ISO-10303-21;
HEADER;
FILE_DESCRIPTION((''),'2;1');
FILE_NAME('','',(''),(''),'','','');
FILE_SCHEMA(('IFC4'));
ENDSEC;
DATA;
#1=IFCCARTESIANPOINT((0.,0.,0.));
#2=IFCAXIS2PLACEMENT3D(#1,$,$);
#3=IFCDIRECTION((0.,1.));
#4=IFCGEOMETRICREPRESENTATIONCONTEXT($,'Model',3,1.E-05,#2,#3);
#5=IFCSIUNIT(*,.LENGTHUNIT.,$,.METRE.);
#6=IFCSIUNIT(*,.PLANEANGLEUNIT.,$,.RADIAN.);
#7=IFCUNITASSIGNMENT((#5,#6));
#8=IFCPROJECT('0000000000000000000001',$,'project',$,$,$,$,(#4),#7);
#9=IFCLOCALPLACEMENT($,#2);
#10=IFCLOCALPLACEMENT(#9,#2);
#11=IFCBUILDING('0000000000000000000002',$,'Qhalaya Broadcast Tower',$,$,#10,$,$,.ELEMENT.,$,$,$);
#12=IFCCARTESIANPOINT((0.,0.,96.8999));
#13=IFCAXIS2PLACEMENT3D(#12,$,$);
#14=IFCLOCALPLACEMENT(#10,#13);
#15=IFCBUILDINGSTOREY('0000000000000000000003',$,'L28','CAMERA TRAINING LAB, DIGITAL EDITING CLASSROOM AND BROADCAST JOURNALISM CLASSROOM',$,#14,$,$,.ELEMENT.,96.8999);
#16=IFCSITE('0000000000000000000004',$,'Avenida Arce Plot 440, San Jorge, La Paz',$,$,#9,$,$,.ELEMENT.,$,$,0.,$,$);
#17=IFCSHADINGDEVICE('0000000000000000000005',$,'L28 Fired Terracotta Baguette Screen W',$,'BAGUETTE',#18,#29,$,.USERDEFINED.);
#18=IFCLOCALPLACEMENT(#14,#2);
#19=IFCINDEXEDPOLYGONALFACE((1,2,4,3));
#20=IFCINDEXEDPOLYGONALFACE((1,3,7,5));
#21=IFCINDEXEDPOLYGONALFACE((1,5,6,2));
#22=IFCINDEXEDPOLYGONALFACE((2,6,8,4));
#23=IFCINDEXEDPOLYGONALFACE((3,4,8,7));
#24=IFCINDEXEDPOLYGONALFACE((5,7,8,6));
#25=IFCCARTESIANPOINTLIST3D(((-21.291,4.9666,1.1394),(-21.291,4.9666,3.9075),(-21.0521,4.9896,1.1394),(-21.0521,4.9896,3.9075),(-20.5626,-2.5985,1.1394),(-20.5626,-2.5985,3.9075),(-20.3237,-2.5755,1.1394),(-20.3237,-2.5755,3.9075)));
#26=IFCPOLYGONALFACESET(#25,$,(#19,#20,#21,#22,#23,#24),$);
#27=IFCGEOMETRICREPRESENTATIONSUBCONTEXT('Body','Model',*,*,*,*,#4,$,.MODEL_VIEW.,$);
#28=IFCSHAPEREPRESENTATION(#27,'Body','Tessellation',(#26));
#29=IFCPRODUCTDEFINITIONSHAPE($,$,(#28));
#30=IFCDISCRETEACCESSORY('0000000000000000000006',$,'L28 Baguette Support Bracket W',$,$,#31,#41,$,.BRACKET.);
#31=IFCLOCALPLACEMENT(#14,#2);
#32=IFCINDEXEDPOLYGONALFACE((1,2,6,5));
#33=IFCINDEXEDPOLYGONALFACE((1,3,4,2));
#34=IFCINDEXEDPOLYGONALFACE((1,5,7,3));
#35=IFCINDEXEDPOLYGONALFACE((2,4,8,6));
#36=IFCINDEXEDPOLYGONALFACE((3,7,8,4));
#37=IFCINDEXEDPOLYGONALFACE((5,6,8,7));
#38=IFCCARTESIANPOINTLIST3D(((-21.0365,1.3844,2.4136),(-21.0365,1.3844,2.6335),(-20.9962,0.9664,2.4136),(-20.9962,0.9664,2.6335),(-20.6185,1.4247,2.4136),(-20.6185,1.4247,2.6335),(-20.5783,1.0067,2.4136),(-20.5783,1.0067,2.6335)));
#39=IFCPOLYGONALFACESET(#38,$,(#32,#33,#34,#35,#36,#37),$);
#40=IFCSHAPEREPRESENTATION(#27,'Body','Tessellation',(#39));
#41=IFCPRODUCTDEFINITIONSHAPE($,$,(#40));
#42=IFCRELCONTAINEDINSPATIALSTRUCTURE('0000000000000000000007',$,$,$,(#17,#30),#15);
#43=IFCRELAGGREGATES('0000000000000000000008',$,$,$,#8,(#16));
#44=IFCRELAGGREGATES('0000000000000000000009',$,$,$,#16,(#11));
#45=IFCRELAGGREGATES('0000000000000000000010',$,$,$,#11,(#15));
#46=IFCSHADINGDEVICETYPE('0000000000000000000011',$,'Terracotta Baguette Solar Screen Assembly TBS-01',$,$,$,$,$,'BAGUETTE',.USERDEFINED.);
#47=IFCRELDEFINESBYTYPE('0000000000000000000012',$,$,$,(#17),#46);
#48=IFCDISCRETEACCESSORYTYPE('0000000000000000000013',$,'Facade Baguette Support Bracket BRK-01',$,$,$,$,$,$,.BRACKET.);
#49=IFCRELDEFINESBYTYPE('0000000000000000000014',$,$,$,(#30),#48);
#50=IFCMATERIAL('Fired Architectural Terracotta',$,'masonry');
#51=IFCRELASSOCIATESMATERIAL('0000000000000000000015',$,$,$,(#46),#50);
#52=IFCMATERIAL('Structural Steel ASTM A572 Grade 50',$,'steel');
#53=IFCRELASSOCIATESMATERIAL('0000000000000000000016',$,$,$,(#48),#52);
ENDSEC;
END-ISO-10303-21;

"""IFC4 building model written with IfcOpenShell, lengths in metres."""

from ifc_helpers import new_model, si_unit, direction, frame, origin, origin_2d, place, context, subcontext, project, spatial, rectangle, extrude, material, type_object, element, save


model = new_model("IFC4")

# Units and contexts
model_context = context("Model", 3, precision=1e-05, world=origin(), true_north=direction((0.0, 1.0)))
body_context = subcontext(model_context, "Body", "Model", "MODEL_VIEW")
ifc_project = project(units=[si_unit("LENGTHUNIT", "METRE"), si_unit("PLANEANGLEUNIT", "RADIAN")], contexts=[model_context])

# Site, building, storey
site_placement = place(None, origin())
site = spatial("IfcSite", under=ifc_project, at=site_placement, Name="Avenida Arce Plot 440, San Jorge, La Paz", CompositionType="ELEMENT", RefElevation=0.0)
building_placement = place(site_placement, origin())
building = spatial("IfcBuilding", under=site, at=building_placement, Name="Qhalaya Broadcast Tower", CompositionType="ELEMENT")
storey_placement = place(building_placement, frame((0.0, 0.0, 96.8999)))
storey = spatial("IfcBuildingStorey", under=building, at=storey_placement, Name="L28", Description="CAMERA TRAINING LAB, DIGITAL EDITING CLASSROOM AND BROADCAST JOURNALISM CLASSROOM", CompositionType="ELEMENT", Elevation=96.8999)

# Shared definitions
ifc_material_1 = material(Name="Structural Steel ASTM A572 Grade 50", Category="steel")

# Shared definitions
ifc_material_2 = material(Name="Fired Architectural Terracotta", Category="masonry")

# Shading device
shading_device_type = type_object("IfcShadingDeviceType", Name="Terracotta Baguette Solar Screen Assembly TBS-01", ElementType="BAGUETTE", PredefinedType="USERDEFINED", material=ifc_material_2)
shading_device_placement = place(storey_placement, frame((-20.8074, 1.1956, 1.1394), z_axis=(0.0, 0.0, 1.0), x_axis=(0.095846, -0.995396, 0.0)))
element("IfcShadingDevice", 1, at=shading_device_placement, inside=storey, type_object=shading_device_type, Name="L28 Fired Terracotta Baguette Screen W", ObjectType="BAGUETTE", PredefinedType="USERDEFINED", context=body_context, shape_type="SweptSolid", body=[
    extrude(rectangle(XDim=7.6001, YDim=0.24, at=origin_2d()), origin(), (0.0, 0.0, 1.0), 2.7681),
])

# Discrete accessory
discrete_accessory_type = type_object("IfcDiscreteAccessoryType", Name="Facade Baguette Support Bracket BRK-01", PredefinedType="BRACKET", material=ifc_material_1)
discrete_accessory_placement = place(storey_placement, frame((-20.8074, 1.1956, 2.4136), z_axis=(0.0, 0.0, 1.0), x_axis=(0.095846, -0.995396, 0.0)))
element("IfcDiscreteAccessory", 2, at=discrete_accessory_placement, inside=storey, type_object=discrete_accessory_type, Name="L28 Baguette Support Bracket W", PredefinedType="BRACKET", context=body_context, shape_type="SweptSolid", body=[
    extrude(rectangle(XDim=0.4199, YDim=0.4199, at=origin_2d()), origin(), (0.0, 0.0, 1.0), 0.22),
])

save(model, "model.ifc")
